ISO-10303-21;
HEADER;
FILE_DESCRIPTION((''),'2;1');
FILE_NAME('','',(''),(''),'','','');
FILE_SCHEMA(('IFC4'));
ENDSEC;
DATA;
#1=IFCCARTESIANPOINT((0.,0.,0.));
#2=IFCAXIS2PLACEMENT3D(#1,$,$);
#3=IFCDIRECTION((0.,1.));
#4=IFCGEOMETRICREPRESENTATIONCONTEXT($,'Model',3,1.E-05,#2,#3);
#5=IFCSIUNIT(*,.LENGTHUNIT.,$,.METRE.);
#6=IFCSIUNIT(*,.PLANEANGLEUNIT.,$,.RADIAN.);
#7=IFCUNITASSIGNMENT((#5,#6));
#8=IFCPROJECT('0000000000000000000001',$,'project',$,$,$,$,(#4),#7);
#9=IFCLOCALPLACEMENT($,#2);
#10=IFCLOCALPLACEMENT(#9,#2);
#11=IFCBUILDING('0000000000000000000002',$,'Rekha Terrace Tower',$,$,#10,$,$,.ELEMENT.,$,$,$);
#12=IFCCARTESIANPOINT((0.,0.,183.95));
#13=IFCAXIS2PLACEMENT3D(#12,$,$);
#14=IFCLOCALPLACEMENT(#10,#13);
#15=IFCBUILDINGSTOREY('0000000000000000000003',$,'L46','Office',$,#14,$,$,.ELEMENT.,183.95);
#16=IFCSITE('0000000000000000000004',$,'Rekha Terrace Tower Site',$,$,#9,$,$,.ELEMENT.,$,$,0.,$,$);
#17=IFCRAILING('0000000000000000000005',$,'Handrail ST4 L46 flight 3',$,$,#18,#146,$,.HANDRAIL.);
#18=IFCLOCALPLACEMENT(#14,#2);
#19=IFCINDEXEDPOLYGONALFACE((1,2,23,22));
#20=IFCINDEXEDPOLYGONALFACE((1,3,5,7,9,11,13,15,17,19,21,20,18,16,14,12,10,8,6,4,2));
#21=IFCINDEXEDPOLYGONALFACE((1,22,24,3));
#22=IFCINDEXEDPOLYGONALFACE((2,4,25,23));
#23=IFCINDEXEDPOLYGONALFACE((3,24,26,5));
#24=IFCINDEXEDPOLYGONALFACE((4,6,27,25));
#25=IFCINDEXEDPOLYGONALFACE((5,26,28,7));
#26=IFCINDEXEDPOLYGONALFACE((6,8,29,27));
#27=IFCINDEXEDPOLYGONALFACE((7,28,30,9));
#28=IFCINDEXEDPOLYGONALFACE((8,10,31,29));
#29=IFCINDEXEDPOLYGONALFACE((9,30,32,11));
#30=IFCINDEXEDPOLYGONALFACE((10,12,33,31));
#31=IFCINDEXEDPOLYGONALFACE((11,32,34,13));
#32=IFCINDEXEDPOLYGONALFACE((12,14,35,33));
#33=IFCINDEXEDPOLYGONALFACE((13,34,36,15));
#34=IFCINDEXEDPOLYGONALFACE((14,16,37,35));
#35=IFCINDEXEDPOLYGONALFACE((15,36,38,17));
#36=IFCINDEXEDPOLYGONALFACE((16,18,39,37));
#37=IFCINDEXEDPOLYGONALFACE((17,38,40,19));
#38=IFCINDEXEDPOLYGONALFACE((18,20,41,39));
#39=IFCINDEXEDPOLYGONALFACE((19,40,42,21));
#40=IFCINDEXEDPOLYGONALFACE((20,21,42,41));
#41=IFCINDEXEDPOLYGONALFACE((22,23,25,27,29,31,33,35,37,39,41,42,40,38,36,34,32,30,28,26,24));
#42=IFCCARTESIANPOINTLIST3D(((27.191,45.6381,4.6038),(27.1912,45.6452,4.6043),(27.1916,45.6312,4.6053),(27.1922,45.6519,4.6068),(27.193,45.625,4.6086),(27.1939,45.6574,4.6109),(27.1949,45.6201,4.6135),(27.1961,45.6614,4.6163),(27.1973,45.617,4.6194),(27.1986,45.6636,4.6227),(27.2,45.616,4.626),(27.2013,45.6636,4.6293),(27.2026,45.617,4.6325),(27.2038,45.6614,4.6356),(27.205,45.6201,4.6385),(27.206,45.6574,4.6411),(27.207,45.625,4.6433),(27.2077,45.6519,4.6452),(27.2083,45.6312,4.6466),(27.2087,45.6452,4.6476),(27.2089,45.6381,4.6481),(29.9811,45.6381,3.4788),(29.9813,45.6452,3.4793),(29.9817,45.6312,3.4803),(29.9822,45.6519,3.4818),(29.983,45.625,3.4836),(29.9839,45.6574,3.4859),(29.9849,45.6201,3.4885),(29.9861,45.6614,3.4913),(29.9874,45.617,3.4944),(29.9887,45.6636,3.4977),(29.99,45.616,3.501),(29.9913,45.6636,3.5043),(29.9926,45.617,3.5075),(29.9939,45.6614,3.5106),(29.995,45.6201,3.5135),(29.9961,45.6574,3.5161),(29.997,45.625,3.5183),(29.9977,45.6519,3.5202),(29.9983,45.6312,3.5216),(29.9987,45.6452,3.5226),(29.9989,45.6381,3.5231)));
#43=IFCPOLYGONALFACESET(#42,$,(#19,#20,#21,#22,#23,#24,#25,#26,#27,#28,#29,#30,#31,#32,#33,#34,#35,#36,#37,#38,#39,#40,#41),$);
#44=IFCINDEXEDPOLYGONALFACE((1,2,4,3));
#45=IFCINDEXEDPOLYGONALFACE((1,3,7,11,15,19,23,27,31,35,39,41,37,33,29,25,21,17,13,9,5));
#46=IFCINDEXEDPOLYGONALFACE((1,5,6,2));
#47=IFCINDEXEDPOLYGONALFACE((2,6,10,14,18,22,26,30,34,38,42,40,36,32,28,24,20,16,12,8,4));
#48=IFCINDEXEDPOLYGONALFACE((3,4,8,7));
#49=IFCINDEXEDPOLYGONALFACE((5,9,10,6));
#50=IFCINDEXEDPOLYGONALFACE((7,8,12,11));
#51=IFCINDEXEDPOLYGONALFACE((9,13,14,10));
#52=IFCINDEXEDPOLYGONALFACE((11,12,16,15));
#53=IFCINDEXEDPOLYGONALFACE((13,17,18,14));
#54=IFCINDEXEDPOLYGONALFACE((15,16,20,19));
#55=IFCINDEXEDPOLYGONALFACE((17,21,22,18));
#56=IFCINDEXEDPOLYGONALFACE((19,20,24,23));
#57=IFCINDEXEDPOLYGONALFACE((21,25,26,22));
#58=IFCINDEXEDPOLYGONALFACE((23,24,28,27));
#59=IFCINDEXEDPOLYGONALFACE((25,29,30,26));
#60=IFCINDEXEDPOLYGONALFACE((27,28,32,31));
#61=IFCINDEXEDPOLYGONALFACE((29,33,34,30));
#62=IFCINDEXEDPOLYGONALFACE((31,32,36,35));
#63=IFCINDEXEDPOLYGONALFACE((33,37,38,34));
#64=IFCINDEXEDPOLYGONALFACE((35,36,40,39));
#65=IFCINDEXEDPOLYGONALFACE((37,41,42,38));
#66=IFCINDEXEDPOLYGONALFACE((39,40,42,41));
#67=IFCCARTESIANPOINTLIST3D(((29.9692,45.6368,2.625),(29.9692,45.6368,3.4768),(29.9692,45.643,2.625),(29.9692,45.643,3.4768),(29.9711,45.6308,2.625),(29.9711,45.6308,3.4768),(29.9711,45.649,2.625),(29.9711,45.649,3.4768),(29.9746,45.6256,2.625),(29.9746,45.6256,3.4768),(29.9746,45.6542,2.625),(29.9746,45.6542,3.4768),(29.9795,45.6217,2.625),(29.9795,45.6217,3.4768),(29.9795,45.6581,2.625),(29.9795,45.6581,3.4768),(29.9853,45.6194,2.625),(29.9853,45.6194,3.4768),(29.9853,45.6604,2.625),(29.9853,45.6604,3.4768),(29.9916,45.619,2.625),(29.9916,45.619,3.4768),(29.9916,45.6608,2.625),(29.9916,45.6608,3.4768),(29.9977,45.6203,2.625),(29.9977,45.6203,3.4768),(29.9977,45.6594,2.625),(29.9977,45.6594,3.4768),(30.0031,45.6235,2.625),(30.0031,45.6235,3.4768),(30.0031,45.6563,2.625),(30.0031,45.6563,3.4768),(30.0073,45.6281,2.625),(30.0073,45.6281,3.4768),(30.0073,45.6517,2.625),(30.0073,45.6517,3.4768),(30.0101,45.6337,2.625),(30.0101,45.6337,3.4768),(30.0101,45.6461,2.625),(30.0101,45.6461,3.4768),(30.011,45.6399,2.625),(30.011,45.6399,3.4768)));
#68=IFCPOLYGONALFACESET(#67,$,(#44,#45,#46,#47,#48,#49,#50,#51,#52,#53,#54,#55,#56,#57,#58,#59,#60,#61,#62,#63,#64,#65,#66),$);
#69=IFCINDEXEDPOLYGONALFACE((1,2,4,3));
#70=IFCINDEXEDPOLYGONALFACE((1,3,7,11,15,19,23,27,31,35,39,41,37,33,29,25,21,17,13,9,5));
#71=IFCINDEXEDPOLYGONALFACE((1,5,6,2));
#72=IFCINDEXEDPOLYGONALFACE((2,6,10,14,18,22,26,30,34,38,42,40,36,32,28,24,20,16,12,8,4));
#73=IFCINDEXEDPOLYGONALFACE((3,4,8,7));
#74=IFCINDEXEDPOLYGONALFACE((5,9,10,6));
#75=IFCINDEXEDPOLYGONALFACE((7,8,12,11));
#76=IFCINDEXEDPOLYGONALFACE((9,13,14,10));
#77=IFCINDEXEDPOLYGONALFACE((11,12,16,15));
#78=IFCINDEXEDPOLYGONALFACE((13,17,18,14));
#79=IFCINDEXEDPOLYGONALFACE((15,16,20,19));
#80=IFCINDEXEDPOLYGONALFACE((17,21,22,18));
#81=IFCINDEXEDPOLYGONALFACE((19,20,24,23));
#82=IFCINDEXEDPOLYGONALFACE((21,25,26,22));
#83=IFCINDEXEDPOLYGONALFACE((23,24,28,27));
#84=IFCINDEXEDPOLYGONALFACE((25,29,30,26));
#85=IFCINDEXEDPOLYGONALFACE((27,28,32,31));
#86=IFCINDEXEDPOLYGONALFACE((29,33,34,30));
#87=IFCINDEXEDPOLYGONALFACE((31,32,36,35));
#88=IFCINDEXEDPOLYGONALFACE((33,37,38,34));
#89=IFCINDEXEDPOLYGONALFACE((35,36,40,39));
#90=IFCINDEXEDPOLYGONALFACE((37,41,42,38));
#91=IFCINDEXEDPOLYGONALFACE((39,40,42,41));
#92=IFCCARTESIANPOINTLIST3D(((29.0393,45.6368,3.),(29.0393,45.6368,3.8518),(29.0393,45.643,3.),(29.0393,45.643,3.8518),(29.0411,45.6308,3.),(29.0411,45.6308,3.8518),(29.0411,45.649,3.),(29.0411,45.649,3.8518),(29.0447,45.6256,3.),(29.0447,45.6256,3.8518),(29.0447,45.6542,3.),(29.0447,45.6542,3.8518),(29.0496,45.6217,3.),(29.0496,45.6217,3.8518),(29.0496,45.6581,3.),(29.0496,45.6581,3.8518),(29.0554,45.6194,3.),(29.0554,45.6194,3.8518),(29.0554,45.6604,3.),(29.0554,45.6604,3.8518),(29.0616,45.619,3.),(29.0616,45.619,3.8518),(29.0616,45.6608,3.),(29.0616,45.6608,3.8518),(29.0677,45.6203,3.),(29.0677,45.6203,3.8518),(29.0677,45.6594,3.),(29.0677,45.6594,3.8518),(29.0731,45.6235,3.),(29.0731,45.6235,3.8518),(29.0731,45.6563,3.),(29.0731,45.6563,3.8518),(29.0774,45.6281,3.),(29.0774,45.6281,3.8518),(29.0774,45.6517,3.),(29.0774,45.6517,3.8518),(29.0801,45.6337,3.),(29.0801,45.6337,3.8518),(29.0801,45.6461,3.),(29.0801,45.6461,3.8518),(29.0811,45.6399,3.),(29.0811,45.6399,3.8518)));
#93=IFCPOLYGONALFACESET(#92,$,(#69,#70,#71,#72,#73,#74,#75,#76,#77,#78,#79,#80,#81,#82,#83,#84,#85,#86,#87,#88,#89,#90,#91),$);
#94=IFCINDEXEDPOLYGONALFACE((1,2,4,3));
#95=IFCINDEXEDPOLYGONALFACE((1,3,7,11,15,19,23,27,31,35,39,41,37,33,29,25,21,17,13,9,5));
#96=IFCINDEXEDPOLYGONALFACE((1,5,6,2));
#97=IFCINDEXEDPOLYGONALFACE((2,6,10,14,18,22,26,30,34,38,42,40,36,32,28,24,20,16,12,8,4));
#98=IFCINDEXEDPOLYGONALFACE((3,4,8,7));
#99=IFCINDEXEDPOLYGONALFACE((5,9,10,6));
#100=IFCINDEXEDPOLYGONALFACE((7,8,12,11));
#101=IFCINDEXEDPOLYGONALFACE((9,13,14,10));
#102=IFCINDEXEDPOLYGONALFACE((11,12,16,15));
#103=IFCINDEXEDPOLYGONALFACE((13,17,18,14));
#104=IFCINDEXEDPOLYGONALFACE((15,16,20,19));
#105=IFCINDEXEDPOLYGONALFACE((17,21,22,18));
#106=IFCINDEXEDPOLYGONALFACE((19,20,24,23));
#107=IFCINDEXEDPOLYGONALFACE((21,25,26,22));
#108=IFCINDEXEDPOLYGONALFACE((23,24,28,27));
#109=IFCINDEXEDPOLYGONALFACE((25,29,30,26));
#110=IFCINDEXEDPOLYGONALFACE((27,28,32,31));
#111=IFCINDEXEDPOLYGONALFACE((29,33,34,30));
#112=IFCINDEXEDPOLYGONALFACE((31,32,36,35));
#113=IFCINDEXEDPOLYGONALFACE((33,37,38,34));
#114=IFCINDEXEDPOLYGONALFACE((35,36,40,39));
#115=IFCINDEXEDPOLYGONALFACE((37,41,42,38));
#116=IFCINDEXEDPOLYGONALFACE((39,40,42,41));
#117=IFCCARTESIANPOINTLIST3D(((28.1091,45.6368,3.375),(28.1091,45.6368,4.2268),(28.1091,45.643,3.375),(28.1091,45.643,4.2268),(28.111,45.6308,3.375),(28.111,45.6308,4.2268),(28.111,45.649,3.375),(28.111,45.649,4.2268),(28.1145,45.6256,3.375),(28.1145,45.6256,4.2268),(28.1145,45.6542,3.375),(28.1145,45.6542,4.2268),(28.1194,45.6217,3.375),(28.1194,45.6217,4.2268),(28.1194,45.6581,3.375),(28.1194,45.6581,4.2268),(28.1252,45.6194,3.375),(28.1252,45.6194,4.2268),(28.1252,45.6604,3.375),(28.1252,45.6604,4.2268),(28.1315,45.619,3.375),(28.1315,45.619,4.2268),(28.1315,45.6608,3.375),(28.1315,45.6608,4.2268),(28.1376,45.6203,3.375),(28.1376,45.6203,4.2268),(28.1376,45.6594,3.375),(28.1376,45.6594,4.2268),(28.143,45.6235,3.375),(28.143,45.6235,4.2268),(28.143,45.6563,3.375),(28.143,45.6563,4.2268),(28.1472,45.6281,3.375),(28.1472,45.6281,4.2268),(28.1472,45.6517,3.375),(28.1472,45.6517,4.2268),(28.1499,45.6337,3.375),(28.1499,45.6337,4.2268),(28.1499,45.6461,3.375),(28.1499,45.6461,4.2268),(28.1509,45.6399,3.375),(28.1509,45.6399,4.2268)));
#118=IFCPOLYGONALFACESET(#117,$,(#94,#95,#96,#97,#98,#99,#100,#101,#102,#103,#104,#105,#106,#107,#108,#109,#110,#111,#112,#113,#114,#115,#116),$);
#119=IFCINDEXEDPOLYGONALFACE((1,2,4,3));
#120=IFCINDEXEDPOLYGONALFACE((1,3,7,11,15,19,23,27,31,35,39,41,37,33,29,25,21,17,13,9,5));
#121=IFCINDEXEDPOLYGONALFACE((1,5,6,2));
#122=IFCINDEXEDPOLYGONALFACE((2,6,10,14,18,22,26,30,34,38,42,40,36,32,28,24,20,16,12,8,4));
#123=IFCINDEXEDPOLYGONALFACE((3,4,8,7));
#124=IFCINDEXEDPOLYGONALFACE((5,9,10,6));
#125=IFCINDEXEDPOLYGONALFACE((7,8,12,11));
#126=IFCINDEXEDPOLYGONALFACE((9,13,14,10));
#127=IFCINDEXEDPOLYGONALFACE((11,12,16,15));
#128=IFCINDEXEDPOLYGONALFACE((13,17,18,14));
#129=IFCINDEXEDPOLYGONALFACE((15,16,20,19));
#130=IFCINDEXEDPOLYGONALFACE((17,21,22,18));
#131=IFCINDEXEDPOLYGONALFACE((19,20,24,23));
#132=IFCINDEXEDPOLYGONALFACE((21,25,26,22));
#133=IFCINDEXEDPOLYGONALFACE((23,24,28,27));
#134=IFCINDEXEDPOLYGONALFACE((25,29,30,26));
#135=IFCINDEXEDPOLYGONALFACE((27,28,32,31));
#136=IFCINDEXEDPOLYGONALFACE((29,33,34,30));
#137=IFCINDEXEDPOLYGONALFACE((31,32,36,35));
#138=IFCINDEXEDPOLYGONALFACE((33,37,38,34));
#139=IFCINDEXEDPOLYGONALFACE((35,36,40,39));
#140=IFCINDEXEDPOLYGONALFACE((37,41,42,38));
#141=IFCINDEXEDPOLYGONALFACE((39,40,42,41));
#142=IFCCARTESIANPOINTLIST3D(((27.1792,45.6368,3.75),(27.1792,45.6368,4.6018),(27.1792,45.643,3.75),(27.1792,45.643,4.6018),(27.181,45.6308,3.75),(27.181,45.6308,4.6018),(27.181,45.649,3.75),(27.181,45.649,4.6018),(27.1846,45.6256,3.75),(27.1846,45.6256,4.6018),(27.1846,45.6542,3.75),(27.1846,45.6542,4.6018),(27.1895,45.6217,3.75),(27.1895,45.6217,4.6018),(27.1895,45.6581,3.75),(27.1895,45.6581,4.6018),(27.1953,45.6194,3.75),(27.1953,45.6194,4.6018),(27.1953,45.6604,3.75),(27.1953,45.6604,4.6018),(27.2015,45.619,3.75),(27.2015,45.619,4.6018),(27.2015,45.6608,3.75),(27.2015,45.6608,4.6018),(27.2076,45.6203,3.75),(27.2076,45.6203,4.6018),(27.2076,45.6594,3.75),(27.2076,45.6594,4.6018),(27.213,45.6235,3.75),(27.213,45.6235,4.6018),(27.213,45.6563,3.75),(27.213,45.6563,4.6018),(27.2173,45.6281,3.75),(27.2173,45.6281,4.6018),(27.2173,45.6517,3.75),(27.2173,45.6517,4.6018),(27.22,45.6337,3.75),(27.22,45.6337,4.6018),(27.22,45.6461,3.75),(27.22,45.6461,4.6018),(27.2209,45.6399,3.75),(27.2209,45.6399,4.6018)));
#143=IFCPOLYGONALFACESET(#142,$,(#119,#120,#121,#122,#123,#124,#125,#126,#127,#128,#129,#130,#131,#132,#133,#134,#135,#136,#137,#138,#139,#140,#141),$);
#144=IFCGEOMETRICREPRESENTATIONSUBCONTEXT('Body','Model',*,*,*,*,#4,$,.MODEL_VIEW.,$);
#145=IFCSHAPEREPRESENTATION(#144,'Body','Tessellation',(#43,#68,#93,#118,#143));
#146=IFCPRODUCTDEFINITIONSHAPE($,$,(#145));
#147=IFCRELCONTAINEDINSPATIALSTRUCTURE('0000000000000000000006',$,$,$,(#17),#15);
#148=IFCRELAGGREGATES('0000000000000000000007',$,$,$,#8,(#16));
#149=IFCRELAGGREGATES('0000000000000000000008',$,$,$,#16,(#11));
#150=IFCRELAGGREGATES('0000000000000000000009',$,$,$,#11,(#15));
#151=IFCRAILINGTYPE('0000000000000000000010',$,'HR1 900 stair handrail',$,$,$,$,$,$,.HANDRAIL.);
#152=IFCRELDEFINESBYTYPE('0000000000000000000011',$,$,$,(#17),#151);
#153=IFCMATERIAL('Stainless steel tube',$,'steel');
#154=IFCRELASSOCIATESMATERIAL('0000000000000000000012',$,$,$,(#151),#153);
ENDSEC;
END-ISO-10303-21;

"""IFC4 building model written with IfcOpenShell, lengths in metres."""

from ifc_helpers import new_model, si_unit, direction, frame, origin, origin_2d, place, context, subcontext, project, spatial, circle, extrude, material, type_object, element, save


model = new_model("IFC4")

# Units and contexts
model_context = context("Model", 3, precision=1e-05, world=origin(), true_north=direction((0.0, 1.0)))
body_context = subcontext(model_context, "Body", "Model", "MODEL_VIEW")
ifc_project = project(units=[si_unit("LENGTHUNIT", "METRE"), si_unit("PLANEANGLEUNIT", "RADIAN")], contexts=[model_context])

# Site, building, storey
site_placement = place(None, origin())
site = spatial("IfcSite", under=ifc_project, at=site_placement, Name="Rekha Terrace Tower Site", CompositionType="ELEMENT", RefElevation=0.0)
building_placement = place(site_placement, origin())
building = spatial("IfcBuilding", under=site, at=building_placement, Name="Rekha Terrace Tower", CompositionType="ELEMENT")
storey_placement = place(building_placement, frame((0.0, 0.0, 183.95)))
storey = spatial("IfcBuildingStorey", under=building, at=storey_placement, Name="L46", Description="Office", CompositionType="ELEMENT", Elevation=183.95)

# Railing
ifc_material_1 = material(Name="Stainless steel tube", Category="steel")
railing_type_1 = type_object("IfcRailingType", Name="HR1 900 stair handrail", PredefinedType="HANDRAIL", material=ifc_material_1)
railing_1_placement = place(storey_placement, frame((29.99, 45.6399, 2.625)))
element("IfcRailing", 1, at=railing_1_placement, inside=storey, type_object=railing_type_1, Name="Handrail ST4 L46 flight 3", PredefinedType="HANDRAIL", context=body_context, shape_type="SweptSolid", body=[
    extrude(circle(Radius=0.0239, at=origin_2d()), frame((0.0, 0.0, 0.876), z_axis=(-0.927443, 0.0, 0.373964), x_axis=(0.0, -1.0, 0.0)), (0.0, 0.0, 1.0), 3.0083),
    extrude(circle(Radius=0.021, at=origin_2d()), origin(), (0.0, 0.0, 1.0), 0.8518),
    extrude(circle(Radius=0.021, at=origin_2d()), frame((-0.9299, 0.0, 0.375)), (0.0, 0.0, 1.0), 0.8518),
    extrude(circle(Radius=0.021, at=origin_2d()), frame((-1.8601, 0.0, 0.75)), (0.0, 0.0, 1.0), 0.8518),
    extrude(circle(Radius=0.021, at=origin_2d()), frame((-2.79, 0.0, 1.125)), (0.0, 0.0, 1.0), 0.8518),
])

save(model, "model.ifc")
